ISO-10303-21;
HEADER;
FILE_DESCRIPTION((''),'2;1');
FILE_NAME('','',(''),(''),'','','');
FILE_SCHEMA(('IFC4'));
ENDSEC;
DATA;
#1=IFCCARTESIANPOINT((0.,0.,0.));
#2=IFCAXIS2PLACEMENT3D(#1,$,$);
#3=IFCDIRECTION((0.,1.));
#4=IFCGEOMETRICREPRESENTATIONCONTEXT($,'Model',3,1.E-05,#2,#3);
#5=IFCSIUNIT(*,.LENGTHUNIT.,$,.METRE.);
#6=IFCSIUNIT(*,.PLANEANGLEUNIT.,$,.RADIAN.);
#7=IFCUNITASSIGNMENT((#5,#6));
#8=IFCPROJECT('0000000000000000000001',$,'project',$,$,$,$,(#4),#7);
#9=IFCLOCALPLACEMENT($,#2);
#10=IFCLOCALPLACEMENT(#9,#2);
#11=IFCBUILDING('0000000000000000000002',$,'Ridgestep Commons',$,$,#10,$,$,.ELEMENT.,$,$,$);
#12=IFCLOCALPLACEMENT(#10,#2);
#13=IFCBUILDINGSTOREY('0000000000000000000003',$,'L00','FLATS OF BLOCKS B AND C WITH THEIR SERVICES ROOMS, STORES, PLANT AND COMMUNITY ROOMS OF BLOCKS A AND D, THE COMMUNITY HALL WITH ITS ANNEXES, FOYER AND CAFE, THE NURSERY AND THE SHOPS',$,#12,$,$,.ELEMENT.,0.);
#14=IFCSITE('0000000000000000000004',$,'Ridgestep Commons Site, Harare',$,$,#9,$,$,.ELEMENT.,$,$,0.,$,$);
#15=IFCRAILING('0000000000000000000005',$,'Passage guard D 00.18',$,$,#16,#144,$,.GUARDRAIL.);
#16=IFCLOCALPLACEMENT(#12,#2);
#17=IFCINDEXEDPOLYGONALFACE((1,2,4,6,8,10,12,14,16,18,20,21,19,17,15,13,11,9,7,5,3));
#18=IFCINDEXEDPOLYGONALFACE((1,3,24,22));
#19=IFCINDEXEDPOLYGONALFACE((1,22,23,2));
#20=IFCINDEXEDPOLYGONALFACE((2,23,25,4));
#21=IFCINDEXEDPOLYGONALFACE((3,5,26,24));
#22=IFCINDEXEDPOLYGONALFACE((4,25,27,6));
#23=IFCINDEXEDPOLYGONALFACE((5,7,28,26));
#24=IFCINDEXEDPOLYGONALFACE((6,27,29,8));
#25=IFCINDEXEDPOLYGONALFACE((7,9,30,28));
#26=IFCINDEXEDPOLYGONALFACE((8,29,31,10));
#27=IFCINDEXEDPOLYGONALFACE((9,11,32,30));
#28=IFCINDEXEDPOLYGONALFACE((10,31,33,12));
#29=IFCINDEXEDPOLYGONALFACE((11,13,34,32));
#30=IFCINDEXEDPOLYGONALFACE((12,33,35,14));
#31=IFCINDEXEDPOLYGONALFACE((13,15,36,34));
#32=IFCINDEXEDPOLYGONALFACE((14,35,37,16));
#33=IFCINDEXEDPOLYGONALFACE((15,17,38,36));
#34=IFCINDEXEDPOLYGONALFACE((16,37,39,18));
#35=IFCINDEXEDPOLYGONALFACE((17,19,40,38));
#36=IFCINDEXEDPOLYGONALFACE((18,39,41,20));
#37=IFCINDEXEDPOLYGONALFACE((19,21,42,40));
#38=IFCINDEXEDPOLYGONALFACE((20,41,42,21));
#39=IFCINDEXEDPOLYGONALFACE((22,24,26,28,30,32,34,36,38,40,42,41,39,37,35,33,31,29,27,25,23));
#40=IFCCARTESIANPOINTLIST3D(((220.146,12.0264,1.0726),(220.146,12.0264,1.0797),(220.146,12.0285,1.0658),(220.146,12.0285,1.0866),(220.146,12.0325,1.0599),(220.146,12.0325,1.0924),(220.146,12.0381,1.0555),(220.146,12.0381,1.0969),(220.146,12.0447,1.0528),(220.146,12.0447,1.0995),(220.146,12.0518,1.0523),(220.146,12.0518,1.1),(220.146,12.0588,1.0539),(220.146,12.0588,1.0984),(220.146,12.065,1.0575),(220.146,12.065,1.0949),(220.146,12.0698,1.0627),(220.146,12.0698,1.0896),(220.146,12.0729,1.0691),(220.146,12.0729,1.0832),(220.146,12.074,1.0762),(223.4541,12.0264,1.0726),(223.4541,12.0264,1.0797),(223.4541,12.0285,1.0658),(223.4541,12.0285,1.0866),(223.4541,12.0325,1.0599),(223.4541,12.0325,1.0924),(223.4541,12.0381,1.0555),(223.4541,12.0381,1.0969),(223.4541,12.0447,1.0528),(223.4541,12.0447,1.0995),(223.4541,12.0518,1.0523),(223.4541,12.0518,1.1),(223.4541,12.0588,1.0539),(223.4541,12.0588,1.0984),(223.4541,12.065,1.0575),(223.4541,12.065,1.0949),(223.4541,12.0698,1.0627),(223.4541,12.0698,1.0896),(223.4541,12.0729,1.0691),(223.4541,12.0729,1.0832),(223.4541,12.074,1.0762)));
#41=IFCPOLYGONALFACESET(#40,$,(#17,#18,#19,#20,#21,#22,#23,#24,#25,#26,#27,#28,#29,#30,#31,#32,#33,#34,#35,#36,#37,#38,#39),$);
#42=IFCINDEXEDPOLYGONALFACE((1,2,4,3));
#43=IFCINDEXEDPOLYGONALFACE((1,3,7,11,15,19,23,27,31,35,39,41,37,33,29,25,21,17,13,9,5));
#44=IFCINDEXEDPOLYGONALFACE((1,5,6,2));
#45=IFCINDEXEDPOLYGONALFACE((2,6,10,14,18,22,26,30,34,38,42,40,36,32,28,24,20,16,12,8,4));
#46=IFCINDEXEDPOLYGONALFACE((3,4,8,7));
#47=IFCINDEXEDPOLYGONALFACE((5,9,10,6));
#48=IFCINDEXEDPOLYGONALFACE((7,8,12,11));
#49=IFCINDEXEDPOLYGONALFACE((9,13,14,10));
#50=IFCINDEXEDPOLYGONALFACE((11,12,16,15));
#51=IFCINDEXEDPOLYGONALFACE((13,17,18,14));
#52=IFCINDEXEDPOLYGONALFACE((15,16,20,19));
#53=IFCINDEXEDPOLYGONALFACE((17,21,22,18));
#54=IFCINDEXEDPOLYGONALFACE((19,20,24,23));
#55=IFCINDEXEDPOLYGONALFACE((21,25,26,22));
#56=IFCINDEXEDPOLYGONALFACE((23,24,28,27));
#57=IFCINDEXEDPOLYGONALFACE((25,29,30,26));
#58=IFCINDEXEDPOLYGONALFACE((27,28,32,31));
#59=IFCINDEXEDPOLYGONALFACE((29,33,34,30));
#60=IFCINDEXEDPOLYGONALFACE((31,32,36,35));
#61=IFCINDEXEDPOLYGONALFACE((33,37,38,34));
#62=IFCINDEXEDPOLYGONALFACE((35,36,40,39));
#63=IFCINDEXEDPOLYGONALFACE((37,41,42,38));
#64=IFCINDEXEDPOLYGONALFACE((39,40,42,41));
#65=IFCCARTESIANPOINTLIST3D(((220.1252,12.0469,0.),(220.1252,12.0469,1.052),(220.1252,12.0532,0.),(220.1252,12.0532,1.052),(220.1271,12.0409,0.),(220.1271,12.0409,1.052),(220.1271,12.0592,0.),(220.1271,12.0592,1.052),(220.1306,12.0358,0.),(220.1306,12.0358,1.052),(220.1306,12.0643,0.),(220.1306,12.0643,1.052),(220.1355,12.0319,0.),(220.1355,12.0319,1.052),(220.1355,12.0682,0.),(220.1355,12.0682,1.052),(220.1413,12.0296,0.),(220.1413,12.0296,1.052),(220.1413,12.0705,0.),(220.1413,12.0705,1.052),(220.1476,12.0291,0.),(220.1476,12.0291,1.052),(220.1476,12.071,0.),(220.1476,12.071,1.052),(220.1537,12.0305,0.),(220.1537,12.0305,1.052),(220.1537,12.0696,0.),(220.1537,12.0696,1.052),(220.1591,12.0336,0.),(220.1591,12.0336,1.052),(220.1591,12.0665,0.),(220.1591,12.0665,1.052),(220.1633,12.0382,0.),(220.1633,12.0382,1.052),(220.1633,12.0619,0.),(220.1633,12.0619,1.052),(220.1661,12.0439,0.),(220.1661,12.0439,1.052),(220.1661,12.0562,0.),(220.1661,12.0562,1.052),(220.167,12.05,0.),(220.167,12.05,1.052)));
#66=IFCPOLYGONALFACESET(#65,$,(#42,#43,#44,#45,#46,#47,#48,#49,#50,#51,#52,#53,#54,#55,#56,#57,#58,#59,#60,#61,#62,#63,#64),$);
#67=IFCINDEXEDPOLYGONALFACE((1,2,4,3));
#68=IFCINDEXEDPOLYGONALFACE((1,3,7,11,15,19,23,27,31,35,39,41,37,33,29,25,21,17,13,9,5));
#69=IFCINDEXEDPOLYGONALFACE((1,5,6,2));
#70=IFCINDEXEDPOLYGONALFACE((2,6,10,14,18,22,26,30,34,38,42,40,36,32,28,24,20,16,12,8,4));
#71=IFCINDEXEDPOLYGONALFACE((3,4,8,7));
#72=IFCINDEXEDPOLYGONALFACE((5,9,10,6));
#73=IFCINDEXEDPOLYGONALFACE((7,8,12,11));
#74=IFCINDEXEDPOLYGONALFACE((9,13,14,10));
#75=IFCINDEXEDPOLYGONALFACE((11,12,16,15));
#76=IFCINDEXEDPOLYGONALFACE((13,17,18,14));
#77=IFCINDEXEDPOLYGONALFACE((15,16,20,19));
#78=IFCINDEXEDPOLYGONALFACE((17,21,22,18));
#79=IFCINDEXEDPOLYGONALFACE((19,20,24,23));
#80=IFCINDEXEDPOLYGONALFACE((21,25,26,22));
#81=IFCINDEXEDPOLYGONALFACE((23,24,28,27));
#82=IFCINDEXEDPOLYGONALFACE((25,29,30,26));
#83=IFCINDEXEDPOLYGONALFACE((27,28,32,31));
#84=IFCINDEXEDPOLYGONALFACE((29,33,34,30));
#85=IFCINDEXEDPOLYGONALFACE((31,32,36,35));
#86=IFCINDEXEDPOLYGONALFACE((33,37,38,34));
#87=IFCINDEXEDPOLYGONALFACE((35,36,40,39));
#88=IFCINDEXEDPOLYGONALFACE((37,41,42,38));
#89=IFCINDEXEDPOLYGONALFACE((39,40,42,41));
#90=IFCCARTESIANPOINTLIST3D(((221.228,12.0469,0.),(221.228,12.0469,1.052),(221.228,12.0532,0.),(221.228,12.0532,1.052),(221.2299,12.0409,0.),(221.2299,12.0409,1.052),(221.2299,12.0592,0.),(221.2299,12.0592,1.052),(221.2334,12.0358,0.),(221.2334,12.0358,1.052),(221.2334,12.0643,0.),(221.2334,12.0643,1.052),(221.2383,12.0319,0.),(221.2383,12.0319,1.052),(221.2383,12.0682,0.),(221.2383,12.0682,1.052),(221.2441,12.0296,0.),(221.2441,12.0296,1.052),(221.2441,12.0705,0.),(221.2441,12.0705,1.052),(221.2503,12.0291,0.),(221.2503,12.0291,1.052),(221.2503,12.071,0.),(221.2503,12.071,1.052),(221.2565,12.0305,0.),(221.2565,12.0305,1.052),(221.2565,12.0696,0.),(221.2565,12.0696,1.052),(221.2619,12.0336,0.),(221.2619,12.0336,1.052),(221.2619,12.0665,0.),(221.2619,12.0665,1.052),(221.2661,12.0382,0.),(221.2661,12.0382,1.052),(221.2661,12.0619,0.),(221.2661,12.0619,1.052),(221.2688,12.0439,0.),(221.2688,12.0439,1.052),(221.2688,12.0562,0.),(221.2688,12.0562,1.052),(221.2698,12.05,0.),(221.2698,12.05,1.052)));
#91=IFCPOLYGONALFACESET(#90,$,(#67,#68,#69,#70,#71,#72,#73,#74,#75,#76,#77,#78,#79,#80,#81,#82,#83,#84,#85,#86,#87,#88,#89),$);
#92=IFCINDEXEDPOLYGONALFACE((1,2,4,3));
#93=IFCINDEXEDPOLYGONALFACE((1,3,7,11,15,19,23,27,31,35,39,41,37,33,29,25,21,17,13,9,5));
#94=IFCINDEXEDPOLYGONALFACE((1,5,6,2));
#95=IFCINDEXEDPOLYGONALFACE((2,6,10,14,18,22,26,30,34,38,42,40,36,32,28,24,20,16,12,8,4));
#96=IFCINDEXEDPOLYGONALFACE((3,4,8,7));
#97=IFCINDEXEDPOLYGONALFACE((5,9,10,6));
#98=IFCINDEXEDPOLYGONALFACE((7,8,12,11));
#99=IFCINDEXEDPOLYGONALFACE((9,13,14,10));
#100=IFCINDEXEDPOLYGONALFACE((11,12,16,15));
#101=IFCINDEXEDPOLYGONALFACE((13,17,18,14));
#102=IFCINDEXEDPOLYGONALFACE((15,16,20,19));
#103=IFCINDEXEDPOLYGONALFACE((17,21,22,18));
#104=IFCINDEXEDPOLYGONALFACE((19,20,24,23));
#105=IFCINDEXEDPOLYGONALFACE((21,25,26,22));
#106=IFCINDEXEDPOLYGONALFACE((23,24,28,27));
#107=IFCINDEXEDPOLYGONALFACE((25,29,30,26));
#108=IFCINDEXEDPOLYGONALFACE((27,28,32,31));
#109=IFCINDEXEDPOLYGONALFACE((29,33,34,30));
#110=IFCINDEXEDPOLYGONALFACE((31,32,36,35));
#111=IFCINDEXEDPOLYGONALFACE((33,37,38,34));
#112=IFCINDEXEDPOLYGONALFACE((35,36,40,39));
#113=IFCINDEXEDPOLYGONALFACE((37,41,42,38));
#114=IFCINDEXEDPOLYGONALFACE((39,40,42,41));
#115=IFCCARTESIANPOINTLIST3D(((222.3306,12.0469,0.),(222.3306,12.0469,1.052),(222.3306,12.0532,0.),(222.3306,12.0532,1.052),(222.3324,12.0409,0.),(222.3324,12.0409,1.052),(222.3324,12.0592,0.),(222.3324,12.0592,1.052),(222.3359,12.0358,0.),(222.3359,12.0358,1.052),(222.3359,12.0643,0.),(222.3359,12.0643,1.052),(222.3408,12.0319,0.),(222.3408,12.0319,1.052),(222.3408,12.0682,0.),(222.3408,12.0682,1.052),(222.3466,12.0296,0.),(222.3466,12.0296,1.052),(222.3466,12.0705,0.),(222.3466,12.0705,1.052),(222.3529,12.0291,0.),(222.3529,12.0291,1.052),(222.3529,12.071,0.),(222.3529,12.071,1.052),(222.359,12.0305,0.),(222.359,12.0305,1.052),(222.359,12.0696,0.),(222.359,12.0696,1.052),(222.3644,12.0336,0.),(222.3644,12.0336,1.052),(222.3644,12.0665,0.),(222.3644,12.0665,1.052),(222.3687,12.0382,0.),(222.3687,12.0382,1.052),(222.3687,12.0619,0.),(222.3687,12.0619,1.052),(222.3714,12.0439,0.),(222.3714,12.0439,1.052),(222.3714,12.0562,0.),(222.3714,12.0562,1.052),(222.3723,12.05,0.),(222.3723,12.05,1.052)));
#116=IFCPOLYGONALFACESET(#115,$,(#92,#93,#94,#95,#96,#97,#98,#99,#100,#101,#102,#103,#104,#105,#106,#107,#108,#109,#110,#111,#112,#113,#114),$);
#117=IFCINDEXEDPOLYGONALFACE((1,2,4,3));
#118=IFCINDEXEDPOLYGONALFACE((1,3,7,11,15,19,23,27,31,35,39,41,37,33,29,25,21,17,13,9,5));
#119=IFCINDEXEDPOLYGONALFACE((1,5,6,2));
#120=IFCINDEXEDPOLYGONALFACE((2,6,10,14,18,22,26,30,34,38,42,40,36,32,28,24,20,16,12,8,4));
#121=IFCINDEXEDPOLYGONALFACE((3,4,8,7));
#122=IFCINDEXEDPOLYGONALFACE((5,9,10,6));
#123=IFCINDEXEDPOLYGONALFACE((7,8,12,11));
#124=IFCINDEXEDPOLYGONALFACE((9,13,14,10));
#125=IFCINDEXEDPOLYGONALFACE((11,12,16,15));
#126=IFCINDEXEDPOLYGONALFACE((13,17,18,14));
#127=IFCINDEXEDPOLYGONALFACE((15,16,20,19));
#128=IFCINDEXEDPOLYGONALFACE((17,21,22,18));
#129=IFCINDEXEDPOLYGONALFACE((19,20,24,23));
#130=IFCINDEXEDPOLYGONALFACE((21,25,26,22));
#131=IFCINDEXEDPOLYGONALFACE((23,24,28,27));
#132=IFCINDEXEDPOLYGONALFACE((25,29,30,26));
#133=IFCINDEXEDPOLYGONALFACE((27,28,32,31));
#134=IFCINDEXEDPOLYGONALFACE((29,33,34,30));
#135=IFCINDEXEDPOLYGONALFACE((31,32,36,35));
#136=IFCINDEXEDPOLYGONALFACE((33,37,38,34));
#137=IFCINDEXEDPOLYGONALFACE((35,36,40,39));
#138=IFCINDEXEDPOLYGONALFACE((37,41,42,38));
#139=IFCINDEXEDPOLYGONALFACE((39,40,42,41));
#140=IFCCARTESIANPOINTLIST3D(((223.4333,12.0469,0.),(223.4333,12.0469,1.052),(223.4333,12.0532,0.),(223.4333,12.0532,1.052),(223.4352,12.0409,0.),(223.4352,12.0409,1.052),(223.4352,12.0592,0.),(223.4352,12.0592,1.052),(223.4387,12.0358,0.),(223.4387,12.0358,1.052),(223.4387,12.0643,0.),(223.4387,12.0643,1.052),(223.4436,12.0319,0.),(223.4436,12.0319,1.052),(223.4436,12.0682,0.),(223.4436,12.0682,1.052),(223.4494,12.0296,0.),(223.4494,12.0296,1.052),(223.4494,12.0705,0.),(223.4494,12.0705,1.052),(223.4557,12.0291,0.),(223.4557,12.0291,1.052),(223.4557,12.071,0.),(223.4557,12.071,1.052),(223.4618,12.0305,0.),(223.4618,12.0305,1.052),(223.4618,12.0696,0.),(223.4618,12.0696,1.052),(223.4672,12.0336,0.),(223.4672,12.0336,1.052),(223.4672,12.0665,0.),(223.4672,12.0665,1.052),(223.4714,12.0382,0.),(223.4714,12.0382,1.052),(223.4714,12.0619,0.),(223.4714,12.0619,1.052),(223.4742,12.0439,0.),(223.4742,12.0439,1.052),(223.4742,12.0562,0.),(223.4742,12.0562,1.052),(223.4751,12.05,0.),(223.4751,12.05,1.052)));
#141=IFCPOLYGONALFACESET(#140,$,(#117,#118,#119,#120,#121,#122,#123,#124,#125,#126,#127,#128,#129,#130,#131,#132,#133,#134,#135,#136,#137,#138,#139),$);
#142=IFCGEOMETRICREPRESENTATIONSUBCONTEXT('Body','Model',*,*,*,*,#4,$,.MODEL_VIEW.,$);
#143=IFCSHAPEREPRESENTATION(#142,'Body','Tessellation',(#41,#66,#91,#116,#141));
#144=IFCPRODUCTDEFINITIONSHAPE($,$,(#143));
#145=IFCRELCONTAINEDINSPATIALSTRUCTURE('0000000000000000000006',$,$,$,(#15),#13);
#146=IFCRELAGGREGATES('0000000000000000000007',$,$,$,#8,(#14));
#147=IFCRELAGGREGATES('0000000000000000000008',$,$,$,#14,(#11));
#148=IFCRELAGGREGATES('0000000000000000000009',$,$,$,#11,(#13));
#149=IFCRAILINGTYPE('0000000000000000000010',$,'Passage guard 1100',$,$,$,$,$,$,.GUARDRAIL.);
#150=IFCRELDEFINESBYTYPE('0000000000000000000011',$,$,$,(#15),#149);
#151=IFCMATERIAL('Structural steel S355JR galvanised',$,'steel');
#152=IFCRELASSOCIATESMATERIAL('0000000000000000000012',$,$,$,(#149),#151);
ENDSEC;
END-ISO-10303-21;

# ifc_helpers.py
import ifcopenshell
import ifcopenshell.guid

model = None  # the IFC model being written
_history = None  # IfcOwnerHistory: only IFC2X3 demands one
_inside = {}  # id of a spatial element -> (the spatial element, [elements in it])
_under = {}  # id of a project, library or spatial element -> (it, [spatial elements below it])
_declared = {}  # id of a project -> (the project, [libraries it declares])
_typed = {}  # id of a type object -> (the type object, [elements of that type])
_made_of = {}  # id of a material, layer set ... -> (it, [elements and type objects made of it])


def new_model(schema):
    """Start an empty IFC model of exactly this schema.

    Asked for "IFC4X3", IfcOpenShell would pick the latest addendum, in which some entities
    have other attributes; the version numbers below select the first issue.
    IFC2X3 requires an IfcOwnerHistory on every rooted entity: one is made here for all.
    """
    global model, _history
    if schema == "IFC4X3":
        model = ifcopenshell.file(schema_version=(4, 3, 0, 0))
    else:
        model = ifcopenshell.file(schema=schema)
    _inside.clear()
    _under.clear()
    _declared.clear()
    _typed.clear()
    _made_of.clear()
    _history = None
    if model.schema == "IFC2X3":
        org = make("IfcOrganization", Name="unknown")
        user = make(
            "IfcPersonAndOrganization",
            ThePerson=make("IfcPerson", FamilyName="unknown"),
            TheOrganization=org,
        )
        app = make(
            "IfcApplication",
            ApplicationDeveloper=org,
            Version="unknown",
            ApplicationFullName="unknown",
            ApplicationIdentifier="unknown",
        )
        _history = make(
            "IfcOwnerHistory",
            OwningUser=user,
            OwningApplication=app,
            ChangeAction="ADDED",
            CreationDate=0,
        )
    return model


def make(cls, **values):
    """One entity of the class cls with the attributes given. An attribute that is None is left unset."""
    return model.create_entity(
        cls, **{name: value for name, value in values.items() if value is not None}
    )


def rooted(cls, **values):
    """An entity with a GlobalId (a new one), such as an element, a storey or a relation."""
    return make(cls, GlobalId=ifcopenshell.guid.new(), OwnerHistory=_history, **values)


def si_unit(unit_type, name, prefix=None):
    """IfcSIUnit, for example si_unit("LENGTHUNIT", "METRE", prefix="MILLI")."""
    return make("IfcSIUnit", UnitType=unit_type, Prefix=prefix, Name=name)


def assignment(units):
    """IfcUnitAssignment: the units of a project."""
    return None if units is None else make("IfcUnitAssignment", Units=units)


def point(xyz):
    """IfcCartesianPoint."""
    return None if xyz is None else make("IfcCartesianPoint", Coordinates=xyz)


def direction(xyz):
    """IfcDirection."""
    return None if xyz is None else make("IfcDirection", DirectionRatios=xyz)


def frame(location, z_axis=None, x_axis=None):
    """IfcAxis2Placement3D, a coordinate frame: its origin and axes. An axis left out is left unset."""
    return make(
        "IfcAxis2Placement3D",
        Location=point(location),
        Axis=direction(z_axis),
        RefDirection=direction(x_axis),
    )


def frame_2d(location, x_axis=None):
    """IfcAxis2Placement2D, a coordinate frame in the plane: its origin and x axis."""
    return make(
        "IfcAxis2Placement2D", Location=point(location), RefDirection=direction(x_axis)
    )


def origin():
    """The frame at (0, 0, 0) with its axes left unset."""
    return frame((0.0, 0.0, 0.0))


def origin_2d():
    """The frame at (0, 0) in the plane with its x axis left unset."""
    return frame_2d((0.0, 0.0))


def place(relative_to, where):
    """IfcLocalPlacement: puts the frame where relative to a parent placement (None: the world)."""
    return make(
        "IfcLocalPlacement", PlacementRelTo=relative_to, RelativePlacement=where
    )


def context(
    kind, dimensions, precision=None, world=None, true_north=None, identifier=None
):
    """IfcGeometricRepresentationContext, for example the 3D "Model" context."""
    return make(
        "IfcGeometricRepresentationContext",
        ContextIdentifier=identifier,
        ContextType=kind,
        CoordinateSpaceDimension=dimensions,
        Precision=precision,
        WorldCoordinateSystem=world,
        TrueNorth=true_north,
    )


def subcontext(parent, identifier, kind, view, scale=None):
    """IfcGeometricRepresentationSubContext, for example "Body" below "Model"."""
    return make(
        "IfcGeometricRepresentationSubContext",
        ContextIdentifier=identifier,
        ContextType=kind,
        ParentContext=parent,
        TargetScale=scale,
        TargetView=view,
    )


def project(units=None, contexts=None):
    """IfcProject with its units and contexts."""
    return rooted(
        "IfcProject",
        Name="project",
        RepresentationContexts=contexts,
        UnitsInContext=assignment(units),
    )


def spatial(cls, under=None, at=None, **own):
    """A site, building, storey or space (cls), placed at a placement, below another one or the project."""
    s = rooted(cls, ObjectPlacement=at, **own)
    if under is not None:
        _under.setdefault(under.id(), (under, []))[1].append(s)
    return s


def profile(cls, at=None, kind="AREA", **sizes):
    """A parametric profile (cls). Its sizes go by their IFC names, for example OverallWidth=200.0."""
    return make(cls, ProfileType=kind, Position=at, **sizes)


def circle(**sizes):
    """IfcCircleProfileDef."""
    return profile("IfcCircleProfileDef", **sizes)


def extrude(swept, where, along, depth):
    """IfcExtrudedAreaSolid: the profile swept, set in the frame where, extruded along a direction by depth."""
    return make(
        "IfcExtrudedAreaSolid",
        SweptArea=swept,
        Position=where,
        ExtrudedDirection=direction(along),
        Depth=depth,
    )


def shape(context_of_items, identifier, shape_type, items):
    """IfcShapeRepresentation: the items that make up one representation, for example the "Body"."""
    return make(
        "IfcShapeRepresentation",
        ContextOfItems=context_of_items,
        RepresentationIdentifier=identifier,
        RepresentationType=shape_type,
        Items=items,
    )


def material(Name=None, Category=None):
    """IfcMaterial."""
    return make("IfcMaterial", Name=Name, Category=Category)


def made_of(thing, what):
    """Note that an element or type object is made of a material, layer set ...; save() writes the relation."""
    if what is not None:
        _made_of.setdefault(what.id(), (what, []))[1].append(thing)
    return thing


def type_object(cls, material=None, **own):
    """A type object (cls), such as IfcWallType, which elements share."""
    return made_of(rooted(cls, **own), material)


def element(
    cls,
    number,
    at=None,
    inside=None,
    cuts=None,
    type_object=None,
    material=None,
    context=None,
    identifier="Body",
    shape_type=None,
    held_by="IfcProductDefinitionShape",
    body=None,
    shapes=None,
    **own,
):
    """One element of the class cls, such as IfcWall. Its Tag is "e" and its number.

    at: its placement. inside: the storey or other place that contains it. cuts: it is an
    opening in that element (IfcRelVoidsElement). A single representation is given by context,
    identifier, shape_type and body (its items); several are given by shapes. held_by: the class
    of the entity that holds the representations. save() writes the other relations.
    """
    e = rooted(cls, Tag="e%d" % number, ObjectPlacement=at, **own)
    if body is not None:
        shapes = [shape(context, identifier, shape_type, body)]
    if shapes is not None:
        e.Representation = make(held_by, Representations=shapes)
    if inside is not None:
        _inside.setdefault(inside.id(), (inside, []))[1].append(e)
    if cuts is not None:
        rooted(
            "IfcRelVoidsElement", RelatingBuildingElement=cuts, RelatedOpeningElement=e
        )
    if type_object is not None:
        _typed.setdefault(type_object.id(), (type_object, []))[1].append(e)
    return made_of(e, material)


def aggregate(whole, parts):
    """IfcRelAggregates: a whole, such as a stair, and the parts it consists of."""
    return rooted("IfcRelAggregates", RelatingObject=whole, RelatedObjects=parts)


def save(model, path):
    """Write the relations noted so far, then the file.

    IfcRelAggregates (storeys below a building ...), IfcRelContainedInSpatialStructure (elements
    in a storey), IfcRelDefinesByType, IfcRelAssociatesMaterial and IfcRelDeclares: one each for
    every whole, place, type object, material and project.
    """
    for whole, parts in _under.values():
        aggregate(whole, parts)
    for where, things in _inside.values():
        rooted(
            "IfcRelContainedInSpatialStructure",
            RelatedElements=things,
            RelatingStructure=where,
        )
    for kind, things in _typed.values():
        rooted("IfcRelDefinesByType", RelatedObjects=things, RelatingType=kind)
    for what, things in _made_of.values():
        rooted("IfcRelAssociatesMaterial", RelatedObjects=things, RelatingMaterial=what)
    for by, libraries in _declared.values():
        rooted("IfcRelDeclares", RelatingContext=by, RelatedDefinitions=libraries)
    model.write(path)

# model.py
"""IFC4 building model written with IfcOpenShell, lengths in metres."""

from ifc_helpers import new_model, si_unit, direction, frame, origin, origin_2d, place, context, subcontext, project, spatial, circle, extrude, material, type_object, element, save


model = new_model("IFC4")

# Units and contexts
model_context = context("Model", 3, precision=1e-05, world=origin(), true_north=direction((0.0, 1.0)))
body_context = subcontext(model_context, "Body", "Model", "MODEL_VIEW")
ifc_project = project(units=[si_unit("LENGTHUNIT", "METRE"), si_unit("PLANEANGLEUNIT", "RADIAN")], contexts=[model_context])

# Site, building, storey
site_placement = place(None, origin())
site = spatial("IfcSite", under=ifc_project, at=site_placement, Name="Ridgestep Commons Site, Harare", CompositionType="ELEMENT", RefElevation=0.0)
building_placement = place(site_placement, origin())
building = spatial("IfcBuilding", under=site, at=building_placement, Name="Ridgestep Commons", CompositionType="ELEMENT")
storey_placement = place(building_placement, origin())
storey = spatial("IfcBuildingStorey", under=building, at=storey_placement, Name="L00", Description="FLATS OF BLOCKS B AND C WITH THEIR SERVICES ROOMS, STORES, PLANT AND COMMUNITY ROOMS OF BLOCKS A AND D, THE COMMUNITY HALL WITH ITS ANNEXES, FOYER AND CAFE, THE NURSERY AND THE SHOPS", CompositionType="ELEMENT", Elevation=0.0)

# Railing
ifc_material_1 = material(Name="Structural steel S355JR galvanised", Category="steel")
railing_type = type_object("IfcRailingType", Name="Passage guard 1100", PredefinedType="GUARDRAIL", material=ifc_material_1)
railing_1_placement = place(storey_placement, frame((220.146, 12.05, 0.0)))
element("IfcRailing", 1, at=railing_1_placement, inside=storey, type_object=railing_type, Name="Passage guard D 00.18", PredefinedType="GUARDRAIL", context=body_context, shape_type="SweptSolid", body=[
    extrude(circle(Radius=0.0239, at=origin_2d()), frame((0.0, 0.0, 1.0762), z_axis=(1.0, 0.0, 0.0), x_axis=(0.0, 1.0, 0.0)), (0.0, 0.0, 1.0), 3.3081),
    extrude(circle(Radius=0.021, at=origin_2d()), origin(), (0.0, 0.0, 1.0), 1.052),
    extrude(circle(Radius=0.021, at=origin_2d()), frame((1.1028, 0.0, 0.0)), (0.0, 0.0, 1.0), 1.052),
    extrude(circle(Radius=0.021, at=origin_2d()), frame((2.2053, 0.0, 0.0)), (0.0, 0.0, 1.0), 1.052),
    extrude(circle(Radius=0.021, at=origin_2d()), frame((3.3081, 0.0, 0.0)), (0.0, 0.0, 1.0), 1.052),
])

save(model, "model.ifc")
